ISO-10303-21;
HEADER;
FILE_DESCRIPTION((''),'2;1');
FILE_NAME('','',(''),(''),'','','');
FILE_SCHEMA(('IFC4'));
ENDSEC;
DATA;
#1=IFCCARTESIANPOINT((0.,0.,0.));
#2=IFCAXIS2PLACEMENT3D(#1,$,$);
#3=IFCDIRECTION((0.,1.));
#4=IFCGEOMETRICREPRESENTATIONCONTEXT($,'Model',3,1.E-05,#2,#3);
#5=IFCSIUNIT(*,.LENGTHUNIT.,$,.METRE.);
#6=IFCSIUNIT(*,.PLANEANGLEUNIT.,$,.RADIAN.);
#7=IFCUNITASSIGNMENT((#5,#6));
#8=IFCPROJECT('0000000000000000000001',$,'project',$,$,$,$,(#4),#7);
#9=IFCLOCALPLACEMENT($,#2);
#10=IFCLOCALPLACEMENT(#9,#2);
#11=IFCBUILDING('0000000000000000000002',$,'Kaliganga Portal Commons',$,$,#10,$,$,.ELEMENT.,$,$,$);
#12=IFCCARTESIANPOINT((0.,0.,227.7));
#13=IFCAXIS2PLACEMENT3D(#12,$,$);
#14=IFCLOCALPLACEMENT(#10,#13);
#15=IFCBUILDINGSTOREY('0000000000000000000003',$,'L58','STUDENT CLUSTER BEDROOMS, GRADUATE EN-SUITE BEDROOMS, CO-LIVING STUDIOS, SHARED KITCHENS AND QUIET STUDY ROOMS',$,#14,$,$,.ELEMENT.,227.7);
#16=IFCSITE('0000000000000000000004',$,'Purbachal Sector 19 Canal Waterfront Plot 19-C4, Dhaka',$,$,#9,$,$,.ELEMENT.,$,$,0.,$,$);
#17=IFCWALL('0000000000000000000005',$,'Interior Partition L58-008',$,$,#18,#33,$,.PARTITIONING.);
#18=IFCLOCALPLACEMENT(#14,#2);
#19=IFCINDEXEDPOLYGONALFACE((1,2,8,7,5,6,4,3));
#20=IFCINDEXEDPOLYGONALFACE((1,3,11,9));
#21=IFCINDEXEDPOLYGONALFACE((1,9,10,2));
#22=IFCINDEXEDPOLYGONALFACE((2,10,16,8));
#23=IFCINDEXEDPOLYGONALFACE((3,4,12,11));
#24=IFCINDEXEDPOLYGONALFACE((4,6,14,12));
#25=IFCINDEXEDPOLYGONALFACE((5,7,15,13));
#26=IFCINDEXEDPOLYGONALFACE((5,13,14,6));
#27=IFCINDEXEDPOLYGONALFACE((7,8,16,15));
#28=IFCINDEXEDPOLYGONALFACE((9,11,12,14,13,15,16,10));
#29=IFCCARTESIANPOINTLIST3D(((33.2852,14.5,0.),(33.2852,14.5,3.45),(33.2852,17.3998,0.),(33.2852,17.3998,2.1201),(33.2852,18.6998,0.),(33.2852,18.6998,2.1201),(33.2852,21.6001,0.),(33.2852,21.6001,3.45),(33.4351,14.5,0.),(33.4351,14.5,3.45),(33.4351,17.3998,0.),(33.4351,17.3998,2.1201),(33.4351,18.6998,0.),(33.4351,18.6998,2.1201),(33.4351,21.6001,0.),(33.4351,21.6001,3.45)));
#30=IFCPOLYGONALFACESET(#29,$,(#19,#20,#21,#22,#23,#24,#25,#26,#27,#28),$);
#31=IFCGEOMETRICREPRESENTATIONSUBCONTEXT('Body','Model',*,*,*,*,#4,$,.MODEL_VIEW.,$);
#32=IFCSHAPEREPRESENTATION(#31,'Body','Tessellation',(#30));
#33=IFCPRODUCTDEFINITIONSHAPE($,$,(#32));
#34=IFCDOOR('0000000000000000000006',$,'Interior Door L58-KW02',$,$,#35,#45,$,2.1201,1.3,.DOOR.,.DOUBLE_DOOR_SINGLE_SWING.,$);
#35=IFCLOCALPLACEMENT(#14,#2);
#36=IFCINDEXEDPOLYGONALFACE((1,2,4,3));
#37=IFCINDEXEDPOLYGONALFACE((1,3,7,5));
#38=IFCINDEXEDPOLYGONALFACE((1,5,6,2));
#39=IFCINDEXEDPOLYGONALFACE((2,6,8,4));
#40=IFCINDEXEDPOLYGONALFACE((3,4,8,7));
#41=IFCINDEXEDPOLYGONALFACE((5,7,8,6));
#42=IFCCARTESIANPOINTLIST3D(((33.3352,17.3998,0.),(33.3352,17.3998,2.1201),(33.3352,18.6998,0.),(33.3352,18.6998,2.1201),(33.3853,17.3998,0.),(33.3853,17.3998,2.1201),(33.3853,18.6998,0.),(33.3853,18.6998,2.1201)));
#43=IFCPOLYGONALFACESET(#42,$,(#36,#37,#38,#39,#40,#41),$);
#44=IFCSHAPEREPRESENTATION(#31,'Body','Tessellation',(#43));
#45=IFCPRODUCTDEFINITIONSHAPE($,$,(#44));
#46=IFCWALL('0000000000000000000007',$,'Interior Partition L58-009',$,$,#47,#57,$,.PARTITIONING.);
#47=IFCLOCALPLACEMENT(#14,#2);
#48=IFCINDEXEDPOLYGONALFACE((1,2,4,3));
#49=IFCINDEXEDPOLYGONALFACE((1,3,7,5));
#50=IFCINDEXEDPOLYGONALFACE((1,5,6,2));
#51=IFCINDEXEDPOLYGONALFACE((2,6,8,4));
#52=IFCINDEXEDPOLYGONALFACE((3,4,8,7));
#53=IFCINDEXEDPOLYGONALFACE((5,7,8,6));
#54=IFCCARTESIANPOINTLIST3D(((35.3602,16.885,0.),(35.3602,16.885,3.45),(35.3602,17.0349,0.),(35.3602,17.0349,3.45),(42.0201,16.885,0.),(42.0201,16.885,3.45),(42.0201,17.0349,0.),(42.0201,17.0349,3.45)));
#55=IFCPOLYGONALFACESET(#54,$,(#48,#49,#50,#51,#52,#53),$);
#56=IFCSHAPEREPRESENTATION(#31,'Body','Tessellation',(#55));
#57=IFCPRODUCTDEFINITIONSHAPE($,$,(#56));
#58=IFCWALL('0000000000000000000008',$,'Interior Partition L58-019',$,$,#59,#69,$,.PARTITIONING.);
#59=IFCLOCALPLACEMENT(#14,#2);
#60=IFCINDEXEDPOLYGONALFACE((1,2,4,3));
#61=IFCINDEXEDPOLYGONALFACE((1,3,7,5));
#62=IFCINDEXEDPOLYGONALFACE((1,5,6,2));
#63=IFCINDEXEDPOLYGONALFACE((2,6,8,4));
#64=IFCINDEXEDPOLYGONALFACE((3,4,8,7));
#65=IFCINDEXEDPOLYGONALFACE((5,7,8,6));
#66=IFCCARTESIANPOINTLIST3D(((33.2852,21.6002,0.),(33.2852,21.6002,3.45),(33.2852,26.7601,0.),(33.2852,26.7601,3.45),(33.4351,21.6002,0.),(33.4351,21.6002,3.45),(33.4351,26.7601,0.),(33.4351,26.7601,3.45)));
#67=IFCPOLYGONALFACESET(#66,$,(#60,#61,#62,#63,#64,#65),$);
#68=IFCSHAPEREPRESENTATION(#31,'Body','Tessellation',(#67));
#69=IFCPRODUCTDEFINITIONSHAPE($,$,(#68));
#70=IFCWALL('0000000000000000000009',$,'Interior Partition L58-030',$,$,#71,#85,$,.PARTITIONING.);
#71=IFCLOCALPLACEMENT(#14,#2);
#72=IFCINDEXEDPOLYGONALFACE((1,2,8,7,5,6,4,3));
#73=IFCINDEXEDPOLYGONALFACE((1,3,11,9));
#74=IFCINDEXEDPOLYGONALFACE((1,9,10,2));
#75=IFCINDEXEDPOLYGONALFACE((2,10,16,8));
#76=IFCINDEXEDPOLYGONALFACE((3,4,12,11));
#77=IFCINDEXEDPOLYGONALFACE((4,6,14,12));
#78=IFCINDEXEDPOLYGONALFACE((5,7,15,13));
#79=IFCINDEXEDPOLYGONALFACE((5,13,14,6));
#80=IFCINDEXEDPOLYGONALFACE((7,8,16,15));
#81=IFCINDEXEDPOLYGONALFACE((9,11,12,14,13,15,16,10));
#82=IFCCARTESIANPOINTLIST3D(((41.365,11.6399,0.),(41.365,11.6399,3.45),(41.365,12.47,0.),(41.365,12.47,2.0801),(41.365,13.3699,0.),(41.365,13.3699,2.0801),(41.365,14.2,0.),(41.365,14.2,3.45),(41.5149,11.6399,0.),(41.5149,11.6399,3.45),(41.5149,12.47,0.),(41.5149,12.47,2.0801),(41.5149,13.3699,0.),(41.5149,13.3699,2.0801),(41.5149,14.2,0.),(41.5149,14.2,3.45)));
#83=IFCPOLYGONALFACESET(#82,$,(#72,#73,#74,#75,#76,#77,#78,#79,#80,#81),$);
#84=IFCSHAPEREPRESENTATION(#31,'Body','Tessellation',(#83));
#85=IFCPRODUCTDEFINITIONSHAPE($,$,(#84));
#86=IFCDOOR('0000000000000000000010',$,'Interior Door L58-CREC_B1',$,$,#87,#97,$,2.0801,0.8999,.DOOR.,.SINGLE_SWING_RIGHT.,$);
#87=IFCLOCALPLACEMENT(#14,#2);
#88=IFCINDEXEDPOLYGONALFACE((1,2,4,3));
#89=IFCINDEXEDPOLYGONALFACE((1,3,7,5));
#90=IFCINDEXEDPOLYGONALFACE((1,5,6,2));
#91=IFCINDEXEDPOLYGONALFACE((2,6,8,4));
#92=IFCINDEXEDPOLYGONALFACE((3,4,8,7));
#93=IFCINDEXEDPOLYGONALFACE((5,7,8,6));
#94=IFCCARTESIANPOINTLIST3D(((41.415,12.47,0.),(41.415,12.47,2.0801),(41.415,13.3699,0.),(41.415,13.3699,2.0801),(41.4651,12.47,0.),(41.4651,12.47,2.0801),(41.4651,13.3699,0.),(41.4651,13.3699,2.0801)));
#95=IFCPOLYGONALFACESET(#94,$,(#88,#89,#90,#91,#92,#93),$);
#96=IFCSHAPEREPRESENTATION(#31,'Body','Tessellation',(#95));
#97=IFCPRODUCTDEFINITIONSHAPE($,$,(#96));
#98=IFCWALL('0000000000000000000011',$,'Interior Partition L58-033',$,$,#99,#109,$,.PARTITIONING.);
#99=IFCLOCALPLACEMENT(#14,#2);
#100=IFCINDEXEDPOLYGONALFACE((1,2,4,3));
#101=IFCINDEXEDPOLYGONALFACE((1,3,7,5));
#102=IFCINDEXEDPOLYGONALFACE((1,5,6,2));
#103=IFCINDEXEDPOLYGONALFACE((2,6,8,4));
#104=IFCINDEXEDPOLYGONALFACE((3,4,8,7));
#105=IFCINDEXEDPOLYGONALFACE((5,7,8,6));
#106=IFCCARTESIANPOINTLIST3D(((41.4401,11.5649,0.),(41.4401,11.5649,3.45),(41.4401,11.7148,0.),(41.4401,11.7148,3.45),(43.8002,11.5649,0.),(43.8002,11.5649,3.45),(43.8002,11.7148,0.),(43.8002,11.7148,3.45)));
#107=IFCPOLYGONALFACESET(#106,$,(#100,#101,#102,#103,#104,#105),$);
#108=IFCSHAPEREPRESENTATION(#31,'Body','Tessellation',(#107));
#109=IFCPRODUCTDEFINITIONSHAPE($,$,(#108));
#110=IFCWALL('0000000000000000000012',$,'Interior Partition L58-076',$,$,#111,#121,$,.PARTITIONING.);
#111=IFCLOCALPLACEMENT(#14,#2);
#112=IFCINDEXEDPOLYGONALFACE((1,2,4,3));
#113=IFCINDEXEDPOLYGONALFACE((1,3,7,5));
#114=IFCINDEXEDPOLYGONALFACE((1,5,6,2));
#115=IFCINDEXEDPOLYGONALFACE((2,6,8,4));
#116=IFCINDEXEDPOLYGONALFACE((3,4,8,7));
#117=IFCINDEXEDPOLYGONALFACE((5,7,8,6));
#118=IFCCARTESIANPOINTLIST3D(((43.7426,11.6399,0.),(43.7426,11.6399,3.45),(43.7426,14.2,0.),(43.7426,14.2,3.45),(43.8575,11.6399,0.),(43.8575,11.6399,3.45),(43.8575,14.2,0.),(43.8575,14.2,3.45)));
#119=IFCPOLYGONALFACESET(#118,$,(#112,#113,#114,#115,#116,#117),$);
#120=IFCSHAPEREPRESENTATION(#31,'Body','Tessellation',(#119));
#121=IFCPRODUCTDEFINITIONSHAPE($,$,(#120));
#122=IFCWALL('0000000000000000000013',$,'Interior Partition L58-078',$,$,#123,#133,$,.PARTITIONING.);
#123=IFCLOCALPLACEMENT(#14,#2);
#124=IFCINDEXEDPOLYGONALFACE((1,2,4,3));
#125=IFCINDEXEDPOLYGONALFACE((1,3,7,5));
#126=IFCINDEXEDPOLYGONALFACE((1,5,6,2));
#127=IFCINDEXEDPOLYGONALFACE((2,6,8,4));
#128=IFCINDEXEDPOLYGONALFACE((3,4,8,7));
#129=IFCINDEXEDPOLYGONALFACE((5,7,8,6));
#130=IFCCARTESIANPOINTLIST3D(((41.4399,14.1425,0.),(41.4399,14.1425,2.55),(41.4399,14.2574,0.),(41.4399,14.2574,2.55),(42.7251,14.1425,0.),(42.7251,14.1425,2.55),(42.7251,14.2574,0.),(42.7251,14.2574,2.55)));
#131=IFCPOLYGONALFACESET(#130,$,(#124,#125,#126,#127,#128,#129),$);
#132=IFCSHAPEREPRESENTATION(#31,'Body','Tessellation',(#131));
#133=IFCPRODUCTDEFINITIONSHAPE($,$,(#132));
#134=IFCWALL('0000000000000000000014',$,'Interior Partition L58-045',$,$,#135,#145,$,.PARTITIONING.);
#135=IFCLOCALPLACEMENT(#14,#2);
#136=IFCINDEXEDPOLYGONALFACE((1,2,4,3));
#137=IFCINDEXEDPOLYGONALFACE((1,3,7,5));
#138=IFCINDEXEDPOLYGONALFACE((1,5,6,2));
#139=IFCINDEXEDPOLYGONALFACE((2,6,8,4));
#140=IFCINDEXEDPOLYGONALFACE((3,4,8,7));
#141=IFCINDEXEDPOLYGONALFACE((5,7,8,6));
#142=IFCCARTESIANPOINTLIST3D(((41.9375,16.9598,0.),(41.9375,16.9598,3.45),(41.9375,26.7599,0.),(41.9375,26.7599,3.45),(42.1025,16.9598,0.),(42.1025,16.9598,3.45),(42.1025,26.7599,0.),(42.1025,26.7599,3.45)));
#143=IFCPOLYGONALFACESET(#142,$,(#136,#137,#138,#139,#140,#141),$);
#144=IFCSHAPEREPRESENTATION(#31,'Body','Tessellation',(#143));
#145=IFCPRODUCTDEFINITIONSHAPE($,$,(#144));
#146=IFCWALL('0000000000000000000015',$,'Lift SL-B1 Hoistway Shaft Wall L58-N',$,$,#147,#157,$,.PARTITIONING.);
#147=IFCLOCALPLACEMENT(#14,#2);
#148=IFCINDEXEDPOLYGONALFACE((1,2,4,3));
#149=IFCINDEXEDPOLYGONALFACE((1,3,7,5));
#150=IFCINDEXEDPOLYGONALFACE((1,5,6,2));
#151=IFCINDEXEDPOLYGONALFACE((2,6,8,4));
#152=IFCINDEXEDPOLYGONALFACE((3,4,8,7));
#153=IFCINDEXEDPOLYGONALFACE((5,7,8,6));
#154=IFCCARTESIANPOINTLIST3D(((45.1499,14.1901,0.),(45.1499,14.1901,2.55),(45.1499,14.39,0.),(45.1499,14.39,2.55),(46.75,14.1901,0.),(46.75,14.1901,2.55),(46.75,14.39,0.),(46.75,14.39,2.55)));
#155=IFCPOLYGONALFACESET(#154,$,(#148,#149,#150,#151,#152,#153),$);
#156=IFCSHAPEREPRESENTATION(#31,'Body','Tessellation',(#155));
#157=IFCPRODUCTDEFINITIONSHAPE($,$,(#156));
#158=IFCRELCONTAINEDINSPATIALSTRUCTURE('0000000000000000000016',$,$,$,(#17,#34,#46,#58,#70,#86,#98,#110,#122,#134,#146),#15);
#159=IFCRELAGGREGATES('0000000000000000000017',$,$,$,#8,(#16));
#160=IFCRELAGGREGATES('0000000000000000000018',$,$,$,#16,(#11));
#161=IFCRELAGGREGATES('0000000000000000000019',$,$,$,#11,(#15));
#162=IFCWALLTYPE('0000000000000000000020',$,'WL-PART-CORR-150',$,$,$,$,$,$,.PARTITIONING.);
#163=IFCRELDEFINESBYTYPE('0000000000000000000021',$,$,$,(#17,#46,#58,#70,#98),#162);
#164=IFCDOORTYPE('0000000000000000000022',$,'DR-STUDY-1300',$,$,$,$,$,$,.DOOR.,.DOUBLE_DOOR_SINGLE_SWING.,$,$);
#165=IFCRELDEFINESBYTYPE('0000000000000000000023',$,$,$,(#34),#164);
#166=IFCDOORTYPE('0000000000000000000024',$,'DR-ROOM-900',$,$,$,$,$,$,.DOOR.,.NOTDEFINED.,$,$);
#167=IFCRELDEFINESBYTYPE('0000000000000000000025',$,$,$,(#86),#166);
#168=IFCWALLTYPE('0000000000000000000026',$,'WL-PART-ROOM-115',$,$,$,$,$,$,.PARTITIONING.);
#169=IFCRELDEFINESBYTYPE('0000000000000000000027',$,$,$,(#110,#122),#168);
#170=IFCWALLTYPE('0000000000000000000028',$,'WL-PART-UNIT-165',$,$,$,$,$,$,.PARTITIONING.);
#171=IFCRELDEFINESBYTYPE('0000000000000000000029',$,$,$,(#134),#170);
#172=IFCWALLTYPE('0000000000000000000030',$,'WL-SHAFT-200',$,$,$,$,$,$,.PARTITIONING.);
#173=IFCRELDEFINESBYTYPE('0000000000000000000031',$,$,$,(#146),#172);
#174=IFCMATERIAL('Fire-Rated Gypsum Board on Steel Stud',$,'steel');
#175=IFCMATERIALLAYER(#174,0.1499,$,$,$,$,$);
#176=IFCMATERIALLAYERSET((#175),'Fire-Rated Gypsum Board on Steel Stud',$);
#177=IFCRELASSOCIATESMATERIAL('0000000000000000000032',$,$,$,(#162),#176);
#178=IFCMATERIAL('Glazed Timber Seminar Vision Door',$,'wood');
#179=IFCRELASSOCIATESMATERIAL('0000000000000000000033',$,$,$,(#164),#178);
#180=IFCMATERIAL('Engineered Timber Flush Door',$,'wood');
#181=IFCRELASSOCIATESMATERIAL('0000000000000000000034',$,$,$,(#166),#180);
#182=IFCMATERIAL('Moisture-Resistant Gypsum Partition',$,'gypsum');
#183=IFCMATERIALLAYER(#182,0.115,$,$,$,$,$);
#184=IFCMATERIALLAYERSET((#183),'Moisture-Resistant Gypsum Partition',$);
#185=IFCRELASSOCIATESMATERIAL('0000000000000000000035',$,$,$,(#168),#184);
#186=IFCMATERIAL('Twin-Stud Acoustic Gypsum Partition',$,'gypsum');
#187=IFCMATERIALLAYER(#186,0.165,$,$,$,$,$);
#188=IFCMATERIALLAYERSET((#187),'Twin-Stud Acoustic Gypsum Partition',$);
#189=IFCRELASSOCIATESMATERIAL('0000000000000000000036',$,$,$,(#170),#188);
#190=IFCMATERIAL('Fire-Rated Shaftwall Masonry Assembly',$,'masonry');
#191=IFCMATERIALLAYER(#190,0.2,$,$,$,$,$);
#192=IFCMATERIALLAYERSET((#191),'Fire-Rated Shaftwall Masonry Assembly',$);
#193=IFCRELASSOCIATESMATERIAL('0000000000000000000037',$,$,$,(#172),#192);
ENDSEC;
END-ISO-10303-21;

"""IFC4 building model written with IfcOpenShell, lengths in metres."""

from ifc_helpers import new_model, si_unit, direction, frame, frame_2d, origin, place, context, subcontext, project, spatial, rectangle, extrude, material, layer, layer_set, type_object, element, fill, save


model = new_model("IFC4")

# Units and contexts
model_context = context("Model", 3, precision=1e-05, world=origin(), true_north=direction((0.0, 1.0)))
body_context = subcontext(model_context, "Body", "Model", "MODEL_VIEW")
ifc_project = project(units=[si_unit("LENGTHUNIT", "METRE"), si_unit("PLANEANGLEUNIT", "RADIAN")], contexts=[model_context])

# Site, building, storey
site_placement = place(None, origin())
site = spatial("IfcSite", under=ifc_project, at=site_placement, Name="Purbachal Sector 19 Canal Waterfront Plot 19-C4, Dhaka", CompositionType="ELEMENT", RefElevation=0.0)
building_placement = place(site_placement, origin())
building = spatial("IfcBuilding", under=site, at=building_placement, Name="Kaliganga Portal Commons", CompositionType="ELEMENT")
storey_placement = place(building_placement, frame((0.0, 0.0, 227.7)))
storey = spatial("IfcBuildingStorey", under=building, at=storey_placement, Name="L58", Description="STUDENT CLUSTER BEDROOMS, GRADUATE EN-SUITE BEDROOMS, CO-LIVING STUDIOS, SHARED KITCHENS AND QUIET STUDY ROOMS", CompositionType="ELEMENT", Elevation=227.7)

# Wall, opening, door
ifc_material_1 = material(Name="Fire-Rated Gypsum Board on Steel Stud", Category="steel")
ifc_layer_1 = layer(ifc_material_1, 0.1499)
ifc_layer_set_1 = layer_set([ifc_layer_1], Name="Fire-Rated Gypsum Board on Steel Stud")
wall_type_1 = type_object("IfcWallType", Name="WL-PART-CORR-150", PredefinedType="PARTITIONING", material=ifc_layer_set_1)
ifc_material_2 = material(Name="Glazed Timber Seminar Vision Door", Category="wood")
door_type_1 = type_object("IfcDoorType", Name="DR-STUDY-1300", OperationType="DOUBLE_DOOR_SINGLE_SWING", PredefinedType="DOOR", material=ifc_material_2)
wall_1_placement = place(storey_placement, frame((33.3601, 14.5, 0.0), z_axis=(0.0, 0.0, 1.0), x_axis=(0.0, 1.0, 0.0)))
wall_1 = element("IfcWall", 1, at=wall_1_placement, inside=storey, type_object=wall_type_1, Name="Interior Partition L58-008", PredefinedType="PARTITIONING", context=body_context, shape_type="SweptSolid", body=[
    extrude(rectangle(XDim=7.1001, YDim=0.1499, at=frame_2d((3.55, 0.0))), origin(), (0.0, 0.0, 1.0), 3.45),
])
opening_1_placement = place(wall_1_placement, frame((2.8999, 0.0, 0.0)))
opening_1 = element("IfcOpeningElement", 2, at=opening_1_placement, cuts=wall_1, PredefinedType="OPENING", context=body_context, shape_type="SweptSolid", body=[
    extrude(rectangle(XDim=1.3, YDim=2.1201, at=frame_2d((0.6499, 1.0601))), frame((0.0, 0.085, 0.0), z_axis=(0.0, -1.0, 0.0), x_axis=(1.0, 0.0, 0.0)), (0.0, 0.0, 1.0), 0.1699),
])
door_1_placement = place(opening_1_placement, origin())
door_1 = element("IfcDoor", 3, at=door_1_placement, inside=storey, type_object=door_type_1, Name="Interior Door L58-KW02", OperationType="DOUBLE_DOOR_SINGLE_SWING", OverallHeight=2.1201, OverallWidth=1.3, PredefinedType="DOOR", context=body_context, shape_type="SweptSolid", body=[
    extrude(rectangle(XDim=1.3, YDim=2.1201, at=frame_2d((0.6499, 1.0601))), frame((0.0, 0.0249, 0.0), z_axis=(0.0, -1.0, 0.0), x_axis=(1.0, 0.0, 0.0)), (0.0, 0.0, 1.0), 0.05),
])
fill(opening_1, door_1)

# Walls
wall_2_placement = place(storey_placement, frame((35.3601, 16.96, 0.0), z_axis=(0.0, 0.0, 1.0), x_axis=(1.0, 0.0, 0.0)))
element("IfcWall", 4, at=wall_2_placement, inside=storey, type_object=wall_type_1, Name="Interior Partition L58-009", PredefinedType="PARTITIONING", context=body_context, shape_type="SweptSolid", body=[
    extrude(rectangle(XDim=6.6599, YDim=0.1499, at=frame_2d((3.3301, 0.0))), origin(), (0.0, 0.0, 1.0), 3.45),
])
wall_3_placement = place(storey_placement, frame((33.3601, 21.6001, 0.0), z_axis=(0.0, 0.0, 1.0), x_axis=(0.0, 1.0, 0.0)))
element("IfcWall", 5, at=wall_3_placement, inside=storey, type_object=wall_type_1, Name="Interior Partition L58-019", PredefinedType="PARTITIONING", context=body_context, shape_type="SweptSolid", body=[
    extrude(rectangle(XDim=5.1599, YDim=0.1499, at=frame_2d((2.5801, 0.0))), origin(), (0.0, 0.0, 1.0), 3.45),
])

# Wall, opening, door
wall_4_placement = place(storey_placement, frame((41.4399, 11.6399, 0.0), z_axis=(0.0, 0.0, 1.0), x_axis=(0.0, 1.0, 0.0)))
wall_4 = element("IfcWall", 6, at=wall_4_placement, inside=storey, type_object=wall_type_1, Name="Interior Partition L58-030", PredefinedType="PARTITIONING", context=body_context, shape_type="SweptSolid", body=[
    extrude(rectangle(XDim=2.5601, YDim=0.1499, at=frame_2d((1.28, 0.0))), origin(), (0.0, 0.0, 1.0), 3.45),
])
opening_2_placement = place(wall_4_placement, frame((0.8301, 0.0, 0.0)))
opening_2 = element("IfcOpeningElement", 7, at=opening_2_placement, cuts=wall_4, PredefinedType="OPENING", context=body_context, shape_type="SweptSolid", body=[
    extrude(rectangle(XDim=0.8999, YDim=2.0801, at=frame_2d((0.45, 1.04))), frame((0.0, 0.085, 0.0), z_axis=(0.0, -1.0, 0.0), x_axis=(1.0, 0.0, 0.0)), (0.0, 0.0, 1.0), 0.1699),
])
ifc_material_3 = material(Name="Engineered Timber Flush Door", Category="wood")
door_type_2 = type_object("IfcDoorType", Name="DR-ROOM-900", OperationType="NOTDEFINED", PredefinedType="DOOR", material=ifc_material_3)
door_2_placement = place(opening_2_placement, origin())
door_2 = element("IfcDoor", 8, at=door_2_placement, inside=storey, type_object=door_type_2, Name="Interior Door L58-CREC_B1", OperationType="SINGLE_SWING_RIGHT", OverallHeight=2.0801, OverallWidth=0.8999, PredefinedType="DOOR", context=body_context, shape_type="SweptSolid", body=[
    extrude(rectangle(XDim=0.8999, YDim=2.0801, at=frame_2d((0.45, 1.04))), frame((0.0, 0.0249, 0.0), z_axis=(0.0, -1.0, 0.0), x_axis=(1.0, 0.0, 0.0)), (0.0, 0.0, 1.0), 0.05),
])
fill(opening_2, door_2)

# Walls
wall_5_placement = place(storey_placement, frame((41.4399, 11.6399, 0.0), z_axis=(0.0, 0.0, 1.0), x_axis=(1.0, 0.0, 0.0)))
element("IfcWall", 9, at=wall_5_placement, inside=storey, type_object=wall_type_1, Name="Interior Partition L58-033", PredefinedType="PARTITIONING", context=body_context, shape_type="SweptSolid", body=[
    extrude(rectangle(XDim=2.3601, YDim=0.1499, at=frame_2d((1.1802, 0.0))), origin(), (0.0, 0.0, 1.0), 3.45),
])
ifc_material_4 = material(Name="Moisture-Resistant Gypsum Partition", Category="gypsum")
ifc_layer_2 = layer(ifc_material_4, 0.115)
ifc_layer_set_2 = layer_set([ifc_layer_2], Name="Moisture-Resistant Gypsum Partition")
wall_type_2 = type_object("IfcWallType", Name="WL-PART-ROOM-115", PredefinedType="PARTITIONING", material=ifc_layer_set_2)
wall_6_placement = place(storey_placement, frame((43.8, 11.6399, 0.0), z_axis=(0.0, 0.0, 1.0), x_axis=(0.0, 1.0, 0.0)))
element("IfcWall", 10, at=wall_6_placement, inside=storey, type_object=wall_type_2, Name="Interior Partition L58-076", PredefinedType="PARTITIONING", context=body_context, shape_type="SweptSolid", body=[
    extrude(rectangle(XDim=2.5601, YDim=0.115, at=frame_2d((1.28, 0.0))), origin(), (0.0, 0.0, 1.0), 3.45),
])
wall_7_placement = place(storey_placement, frame((41.4399, 14.2, 0.0), z_axis=(0.0, 0.0, 1.0), x_axis=(1.0, 0.0, 0.0)))
element("IfcWall", 11, at=wall_7_placement, inside=storey, type_object=wall_type_2, Name="Interior Partition L58-078", PredefinedType="PARTITIONING", context=body_context, shape_type="SweptSolid", body=[
    extrude(rectangle(XDim=1.2852, YDim=0.115, at=frame_2d((0.6426, 0.0))), origin(), (0.0, 0.0, 1.0), 2.55),
])
ifc_material_5 = material(Name="Twin-Stud Acoustic Gypsum Partition", Category="gypsum")
ifc_layer_3 = layer(ifc_material_5, 0.165)
ifc_layer_set_3 = layer_set([ifc_layer_3], Name="Twin-Stud Acoustic Gypsum Partition")
wall_type_3 = type_object("IfcWallType", Name="WL-PART-UNIT-165", PredefinedType="PARTITIONING", material=ifc_layer_set_3)
wall_8_placement = place(storey_placement, frame((42.02, 16.96, 0.0), z_axis=(0.0, 0.0, 1.0), x_axis=(0.0, 1.0, 0.0)))
element("IfcWall", 12, at=wall_8_placement, inside=storey, type_object=wall_type_3, Name="Interior Partition L58-045", PredefinedType="PARTITIONING", context=body_context, shape_type="SweptSolid", body=[
    extrude(rectangle(XDim=9.8, YDim=0.165, at=frame_2d((4.8999, 0.0))), origin(), (0.0, 0.0, 1.0), 3.45),
])
ifc_material_6 = material(Name="Fire-Rated Shaftwall Masonry Assembly", Category="masonry")
ifc_layer_4 = layer(ifc_material_6, 0.2)
ifc_layer_set_4 = layer_set([ifc_layer_4], Name="Fire-Rated Shaftwall Masonry Assembly")
wall_type_4 = type_object("IfcWallType", Name="WL-SHAFT-200", PredefinedType="PARTITIONING", material=ifc_layer_set_4)
wall_9_placement = place(storey_placement, frame((45.1499, 14.29, 0.0), z_axis=(0.0, 0.0, 1.0), x_axis=(1.0, 0.0, 0.0)))
element("IfcWall", 13, at=wall_9_placement, inside=storey, type_object=wall_type_4, Name="Lift SL-B1 Hoistway Shaft Wall L58-N", PredefinedType="PARTITIONING", context=body_context, shape_type="SweptSolid", body=[
    extrude(rectangle(XDim=1.6001, YDim=0.2, at=frame_2d((0.8, 0.0))), origin(), (0.0, 0.0, 1.0), 2.55),
])

save(model, "model.ifc")
